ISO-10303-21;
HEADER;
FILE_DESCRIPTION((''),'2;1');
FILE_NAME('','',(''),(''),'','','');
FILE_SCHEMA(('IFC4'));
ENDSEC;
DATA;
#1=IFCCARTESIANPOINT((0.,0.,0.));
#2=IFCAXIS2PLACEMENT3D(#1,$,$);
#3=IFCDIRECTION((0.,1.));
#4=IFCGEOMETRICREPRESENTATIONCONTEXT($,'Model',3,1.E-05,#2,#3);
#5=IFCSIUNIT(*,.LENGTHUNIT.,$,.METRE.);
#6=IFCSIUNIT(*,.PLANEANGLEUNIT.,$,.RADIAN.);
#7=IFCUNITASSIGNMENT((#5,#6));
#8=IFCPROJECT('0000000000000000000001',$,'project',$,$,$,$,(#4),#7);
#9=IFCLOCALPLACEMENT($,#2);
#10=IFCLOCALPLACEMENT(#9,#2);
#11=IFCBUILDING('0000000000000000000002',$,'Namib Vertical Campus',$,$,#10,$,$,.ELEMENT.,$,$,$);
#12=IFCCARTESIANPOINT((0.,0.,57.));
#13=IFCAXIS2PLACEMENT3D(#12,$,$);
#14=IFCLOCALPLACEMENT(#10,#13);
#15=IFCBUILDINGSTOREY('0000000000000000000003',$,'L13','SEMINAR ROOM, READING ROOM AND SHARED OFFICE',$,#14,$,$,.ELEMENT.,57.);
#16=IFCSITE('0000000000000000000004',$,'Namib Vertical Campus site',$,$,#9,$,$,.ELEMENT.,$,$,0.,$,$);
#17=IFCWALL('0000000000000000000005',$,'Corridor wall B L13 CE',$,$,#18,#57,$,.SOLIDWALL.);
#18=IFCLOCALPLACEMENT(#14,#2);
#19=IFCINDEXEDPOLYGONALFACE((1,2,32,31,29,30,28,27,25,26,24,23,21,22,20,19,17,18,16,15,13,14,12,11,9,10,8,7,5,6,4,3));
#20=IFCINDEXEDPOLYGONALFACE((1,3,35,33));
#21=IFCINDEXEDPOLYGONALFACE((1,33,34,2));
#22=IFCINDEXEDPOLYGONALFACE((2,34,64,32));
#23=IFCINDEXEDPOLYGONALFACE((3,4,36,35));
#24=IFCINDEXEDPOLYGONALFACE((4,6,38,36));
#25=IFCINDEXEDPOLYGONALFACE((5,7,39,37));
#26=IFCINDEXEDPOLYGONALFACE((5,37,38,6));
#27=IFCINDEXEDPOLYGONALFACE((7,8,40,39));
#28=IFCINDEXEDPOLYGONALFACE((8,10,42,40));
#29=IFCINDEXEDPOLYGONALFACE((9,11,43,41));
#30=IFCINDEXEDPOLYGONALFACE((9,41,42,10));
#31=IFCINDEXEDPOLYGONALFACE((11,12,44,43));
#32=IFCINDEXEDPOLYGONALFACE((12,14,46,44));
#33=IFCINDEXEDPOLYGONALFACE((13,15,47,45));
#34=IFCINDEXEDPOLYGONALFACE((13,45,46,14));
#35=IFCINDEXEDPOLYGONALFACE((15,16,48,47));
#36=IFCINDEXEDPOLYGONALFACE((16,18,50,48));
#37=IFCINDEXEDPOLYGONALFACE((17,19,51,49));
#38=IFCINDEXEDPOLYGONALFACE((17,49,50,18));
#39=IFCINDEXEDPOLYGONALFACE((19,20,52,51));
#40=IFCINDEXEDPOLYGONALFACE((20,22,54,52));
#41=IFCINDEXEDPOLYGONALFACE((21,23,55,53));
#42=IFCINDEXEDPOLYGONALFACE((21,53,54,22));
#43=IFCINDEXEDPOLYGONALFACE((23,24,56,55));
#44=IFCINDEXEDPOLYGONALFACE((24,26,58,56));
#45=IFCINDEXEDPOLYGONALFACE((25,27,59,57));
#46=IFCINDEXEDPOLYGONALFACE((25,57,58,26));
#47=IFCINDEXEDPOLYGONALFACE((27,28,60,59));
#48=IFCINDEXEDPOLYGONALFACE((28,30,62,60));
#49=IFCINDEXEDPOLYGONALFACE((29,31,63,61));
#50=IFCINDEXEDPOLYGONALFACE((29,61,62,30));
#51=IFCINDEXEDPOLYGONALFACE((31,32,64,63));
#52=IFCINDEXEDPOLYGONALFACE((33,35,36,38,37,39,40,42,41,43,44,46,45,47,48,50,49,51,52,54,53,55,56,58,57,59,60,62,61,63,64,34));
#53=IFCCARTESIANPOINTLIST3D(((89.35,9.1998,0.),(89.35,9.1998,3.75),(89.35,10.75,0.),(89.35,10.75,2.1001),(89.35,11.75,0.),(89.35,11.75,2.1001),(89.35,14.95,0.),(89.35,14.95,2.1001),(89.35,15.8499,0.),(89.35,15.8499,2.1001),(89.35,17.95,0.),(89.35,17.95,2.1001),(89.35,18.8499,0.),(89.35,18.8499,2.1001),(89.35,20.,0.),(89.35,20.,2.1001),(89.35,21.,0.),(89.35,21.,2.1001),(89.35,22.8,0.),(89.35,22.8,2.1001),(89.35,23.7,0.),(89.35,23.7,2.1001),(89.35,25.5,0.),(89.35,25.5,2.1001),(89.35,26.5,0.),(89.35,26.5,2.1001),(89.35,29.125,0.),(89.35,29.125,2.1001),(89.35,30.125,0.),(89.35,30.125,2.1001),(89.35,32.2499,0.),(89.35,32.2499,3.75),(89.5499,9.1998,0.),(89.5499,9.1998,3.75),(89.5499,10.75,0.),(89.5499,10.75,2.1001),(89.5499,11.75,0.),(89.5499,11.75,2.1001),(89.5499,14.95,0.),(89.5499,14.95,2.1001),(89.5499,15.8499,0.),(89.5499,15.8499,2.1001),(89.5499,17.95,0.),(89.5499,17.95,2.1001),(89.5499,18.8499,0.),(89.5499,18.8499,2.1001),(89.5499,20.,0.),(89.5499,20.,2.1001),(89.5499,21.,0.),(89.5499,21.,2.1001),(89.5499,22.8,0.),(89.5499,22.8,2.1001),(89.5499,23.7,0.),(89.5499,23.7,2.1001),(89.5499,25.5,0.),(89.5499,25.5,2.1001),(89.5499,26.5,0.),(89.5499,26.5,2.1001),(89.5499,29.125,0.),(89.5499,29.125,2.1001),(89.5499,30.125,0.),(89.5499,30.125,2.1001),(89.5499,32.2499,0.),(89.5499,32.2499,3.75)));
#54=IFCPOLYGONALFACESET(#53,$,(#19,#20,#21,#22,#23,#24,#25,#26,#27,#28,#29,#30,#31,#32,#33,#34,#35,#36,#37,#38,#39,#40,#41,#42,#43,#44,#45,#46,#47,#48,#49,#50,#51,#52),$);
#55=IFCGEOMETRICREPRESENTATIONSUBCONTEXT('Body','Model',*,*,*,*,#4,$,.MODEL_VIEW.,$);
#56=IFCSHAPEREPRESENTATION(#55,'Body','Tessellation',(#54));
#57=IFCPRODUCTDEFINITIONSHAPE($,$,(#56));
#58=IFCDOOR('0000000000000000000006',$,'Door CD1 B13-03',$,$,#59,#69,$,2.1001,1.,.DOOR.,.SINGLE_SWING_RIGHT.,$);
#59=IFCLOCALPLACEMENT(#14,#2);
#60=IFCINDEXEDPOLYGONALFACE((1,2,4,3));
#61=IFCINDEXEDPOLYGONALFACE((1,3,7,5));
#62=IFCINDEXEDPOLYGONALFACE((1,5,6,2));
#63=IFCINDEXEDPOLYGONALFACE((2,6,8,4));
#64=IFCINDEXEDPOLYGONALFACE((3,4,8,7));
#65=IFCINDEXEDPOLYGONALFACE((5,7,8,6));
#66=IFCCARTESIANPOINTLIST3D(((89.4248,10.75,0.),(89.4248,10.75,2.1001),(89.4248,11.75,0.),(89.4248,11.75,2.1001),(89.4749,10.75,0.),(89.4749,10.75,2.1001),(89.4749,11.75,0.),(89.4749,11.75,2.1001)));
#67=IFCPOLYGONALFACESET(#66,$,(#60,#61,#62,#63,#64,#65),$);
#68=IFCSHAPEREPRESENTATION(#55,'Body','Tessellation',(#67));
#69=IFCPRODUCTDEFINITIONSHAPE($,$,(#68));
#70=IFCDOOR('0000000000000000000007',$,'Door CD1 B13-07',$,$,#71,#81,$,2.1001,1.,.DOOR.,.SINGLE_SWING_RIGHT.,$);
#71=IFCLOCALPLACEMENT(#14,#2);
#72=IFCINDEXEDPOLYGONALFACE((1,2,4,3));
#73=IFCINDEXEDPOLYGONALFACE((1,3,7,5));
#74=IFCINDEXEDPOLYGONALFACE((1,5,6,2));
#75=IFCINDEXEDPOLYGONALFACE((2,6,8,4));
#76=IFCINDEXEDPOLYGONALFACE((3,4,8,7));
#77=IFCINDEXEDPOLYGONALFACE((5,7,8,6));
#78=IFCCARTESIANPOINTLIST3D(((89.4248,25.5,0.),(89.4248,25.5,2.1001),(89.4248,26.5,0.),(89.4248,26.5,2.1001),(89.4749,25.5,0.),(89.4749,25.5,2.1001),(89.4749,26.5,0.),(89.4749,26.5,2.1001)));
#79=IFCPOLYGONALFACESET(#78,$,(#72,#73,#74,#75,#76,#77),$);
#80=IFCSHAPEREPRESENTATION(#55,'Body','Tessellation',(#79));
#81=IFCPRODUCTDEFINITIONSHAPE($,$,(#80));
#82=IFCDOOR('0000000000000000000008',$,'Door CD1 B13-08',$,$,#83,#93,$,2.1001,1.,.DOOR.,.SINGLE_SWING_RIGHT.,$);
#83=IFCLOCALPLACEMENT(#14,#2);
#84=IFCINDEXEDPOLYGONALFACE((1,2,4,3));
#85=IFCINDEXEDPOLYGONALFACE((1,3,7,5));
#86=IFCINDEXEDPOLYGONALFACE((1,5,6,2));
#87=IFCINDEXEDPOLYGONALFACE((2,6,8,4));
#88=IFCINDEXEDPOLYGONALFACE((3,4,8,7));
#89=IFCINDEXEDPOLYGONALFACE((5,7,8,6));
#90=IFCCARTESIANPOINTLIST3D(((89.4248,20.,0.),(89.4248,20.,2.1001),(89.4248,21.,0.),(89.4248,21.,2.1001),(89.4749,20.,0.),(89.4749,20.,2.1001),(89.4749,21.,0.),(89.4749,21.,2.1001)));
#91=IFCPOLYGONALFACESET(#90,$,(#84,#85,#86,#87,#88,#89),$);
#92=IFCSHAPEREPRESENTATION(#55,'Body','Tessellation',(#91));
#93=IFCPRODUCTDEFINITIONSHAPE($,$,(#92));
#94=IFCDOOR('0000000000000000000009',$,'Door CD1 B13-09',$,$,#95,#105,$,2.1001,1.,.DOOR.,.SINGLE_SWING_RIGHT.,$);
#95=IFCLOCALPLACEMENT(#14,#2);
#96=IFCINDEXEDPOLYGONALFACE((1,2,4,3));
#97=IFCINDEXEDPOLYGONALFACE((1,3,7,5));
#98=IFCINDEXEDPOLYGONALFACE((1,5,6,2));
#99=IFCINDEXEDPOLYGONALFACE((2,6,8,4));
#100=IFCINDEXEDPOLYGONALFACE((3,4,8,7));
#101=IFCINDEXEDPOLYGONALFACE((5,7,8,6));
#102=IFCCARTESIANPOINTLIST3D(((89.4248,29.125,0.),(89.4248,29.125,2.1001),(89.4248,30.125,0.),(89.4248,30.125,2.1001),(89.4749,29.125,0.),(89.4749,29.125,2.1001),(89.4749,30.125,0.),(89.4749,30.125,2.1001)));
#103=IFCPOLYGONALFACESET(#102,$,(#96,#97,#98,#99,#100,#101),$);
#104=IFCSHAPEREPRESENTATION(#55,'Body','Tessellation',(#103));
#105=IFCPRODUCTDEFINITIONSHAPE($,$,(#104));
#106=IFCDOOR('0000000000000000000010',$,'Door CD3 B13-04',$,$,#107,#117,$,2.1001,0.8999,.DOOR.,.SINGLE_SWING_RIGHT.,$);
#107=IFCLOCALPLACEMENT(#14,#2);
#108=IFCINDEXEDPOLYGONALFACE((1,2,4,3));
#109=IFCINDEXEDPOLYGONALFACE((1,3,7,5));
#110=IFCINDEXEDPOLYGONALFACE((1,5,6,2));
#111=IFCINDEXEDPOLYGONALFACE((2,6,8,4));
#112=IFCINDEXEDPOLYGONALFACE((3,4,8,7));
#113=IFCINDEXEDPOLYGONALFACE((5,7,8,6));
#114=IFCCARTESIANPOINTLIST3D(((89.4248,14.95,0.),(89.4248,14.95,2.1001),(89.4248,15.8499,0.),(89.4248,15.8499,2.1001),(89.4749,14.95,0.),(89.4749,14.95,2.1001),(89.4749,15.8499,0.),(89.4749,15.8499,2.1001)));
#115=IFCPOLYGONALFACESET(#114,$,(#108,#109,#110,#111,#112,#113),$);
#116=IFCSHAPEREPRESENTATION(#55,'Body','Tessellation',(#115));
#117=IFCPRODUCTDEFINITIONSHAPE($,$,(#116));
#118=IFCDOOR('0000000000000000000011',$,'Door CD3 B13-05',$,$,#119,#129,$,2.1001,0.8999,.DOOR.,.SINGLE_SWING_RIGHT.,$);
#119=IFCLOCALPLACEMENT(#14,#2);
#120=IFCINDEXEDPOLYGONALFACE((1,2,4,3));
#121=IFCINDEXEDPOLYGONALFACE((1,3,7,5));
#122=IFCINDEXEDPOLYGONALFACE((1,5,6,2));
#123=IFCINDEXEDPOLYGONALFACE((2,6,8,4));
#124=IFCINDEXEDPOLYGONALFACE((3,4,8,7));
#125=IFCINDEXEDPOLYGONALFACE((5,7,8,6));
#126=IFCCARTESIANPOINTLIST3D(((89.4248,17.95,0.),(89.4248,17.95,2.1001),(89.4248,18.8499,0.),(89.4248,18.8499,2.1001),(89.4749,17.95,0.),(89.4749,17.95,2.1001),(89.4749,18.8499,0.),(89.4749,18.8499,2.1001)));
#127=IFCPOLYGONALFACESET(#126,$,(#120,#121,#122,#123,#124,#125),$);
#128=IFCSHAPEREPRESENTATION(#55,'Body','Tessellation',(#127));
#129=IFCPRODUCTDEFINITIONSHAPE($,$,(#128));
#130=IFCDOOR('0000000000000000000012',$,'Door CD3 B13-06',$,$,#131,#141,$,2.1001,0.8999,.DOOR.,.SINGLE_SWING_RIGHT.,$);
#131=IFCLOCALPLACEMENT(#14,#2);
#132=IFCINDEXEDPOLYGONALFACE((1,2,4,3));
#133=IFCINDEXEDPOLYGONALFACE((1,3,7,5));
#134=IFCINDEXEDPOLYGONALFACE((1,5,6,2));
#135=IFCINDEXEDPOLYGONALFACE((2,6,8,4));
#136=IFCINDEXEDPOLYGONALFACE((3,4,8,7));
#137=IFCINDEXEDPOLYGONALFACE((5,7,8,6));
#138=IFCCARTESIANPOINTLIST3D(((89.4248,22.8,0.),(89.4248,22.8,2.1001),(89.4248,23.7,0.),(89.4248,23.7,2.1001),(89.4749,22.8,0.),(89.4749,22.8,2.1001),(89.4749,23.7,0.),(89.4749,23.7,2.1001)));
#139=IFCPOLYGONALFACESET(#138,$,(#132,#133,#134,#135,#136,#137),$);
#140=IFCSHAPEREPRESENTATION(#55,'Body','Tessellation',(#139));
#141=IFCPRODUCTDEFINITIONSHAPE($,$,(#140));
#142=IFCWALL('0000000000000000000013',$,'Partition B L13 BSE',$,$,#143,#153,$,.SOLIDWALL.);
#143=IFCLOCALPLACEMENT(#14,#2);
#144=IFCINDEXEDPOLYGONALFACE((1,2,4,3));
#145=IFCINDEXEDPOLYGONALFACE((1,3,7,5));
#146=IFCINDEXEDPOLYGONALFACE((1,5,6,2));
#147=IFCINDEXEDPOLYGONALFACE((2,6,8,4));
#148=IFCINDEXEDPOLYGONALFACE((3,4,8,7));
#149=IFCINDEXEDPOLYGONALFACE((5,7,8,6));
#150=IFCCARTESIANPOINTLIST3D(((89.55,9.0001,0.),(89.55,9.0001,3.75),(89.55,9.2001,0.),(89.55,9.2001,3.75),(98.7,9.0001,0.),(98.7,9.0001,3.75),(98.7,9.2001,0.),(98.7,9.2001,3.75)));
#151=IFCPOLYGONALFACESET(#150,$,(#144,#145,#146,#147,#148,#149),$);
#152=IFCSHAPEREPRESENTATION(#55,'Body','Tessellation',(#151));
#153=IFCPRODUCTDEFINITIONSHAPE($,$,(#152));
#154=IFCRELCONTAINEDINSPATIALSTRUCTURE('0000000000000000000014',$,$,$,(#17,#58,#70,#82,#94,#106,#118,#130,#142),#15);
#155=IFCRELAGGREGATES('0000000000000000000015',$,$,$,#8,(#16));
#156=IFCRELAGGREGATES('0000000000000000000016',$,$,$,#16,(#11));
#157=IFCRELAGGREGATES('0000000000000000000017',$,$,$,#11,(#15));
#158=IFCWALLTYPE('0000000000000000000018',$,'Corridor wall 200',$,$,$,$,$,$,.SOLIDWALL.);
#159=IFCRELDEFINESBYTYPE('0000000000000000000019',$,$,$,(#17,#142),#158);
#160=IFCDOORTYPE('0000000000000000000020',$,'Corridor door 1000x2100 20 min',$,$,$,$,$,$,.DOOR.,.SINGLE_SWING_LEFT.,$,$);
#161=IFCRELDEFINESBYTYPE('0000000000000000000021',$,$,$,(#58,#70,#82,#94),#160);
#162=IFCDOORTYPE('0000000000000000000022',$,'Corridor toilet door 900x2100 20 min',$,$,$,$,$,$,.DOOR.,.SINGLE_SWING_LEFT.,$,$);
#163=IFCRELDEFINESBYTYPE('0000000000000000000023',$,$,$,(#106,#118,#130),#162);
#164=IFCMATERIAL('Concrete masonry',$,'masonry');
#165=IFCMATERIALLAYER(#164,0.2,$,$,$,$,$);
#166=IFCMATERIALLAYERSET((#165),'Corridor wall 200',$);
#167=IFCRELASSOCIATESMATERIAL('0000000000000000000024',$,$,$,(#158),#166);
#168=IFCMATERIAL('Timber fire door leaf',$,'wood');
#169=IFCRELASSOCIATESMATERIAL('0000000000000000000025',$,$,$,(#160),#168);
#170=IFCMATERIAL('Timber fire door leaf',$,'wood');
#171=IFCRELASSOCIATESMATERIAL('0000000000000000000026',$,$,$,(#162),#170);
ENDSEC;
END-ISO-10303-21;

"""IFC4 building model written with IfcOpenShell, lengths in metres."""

from ifc_helpers import new_model, si_unit, direction, frame, frame_2d, origin, place, context, subcontext, project, spatial, rectangle, extrude, material, layer, layer_set, type_object, element, fill, save


model = new_model("IFC4")

# Units and contexts
model_context = context("Model", 3, precision=1e-05, world=origin(), true_north=direction((0.0, 1.0)))
body_context = subcontext(model_context, "Body", "Model", "MODEL_VIEW")
ifc_project = project(units=[si_unit("LENGTHUNIT", "METRE"), si_unit("PLANEANGLEUNIT", "RADIAN")], contexts=[model_context])

# Site, building, storey
site_placement = place(None, origin())
site = spatial("IfcSite", under=ifc_project, at=site_placement, Name="Namib Vertical Campus site", CompositionType="ELEMENT", RefElevation=0.0)
building_placement = place(site_placement, origin())
building = spatial("IfcBuilding", under=site, at=building_placement, Name="Namib Vertical Campus", CompositionType="ELEMENT")
storey_placement = place(building_placement, frame((0.0, 0.0, 57.0)))
storey = spatial("IfcBuildingStorey", under=building, at=storey_placement, Name="L13", Description="SEMINAR ROOM, READING ROOM AND SHARED OFFICE", CompositionType="ELEMENT", Elevation=57.0)

# Wall, openings, doors
ifc_material_1 = material(Name="Concrete masonry", Category="masonry")
ifc_layer_1 = layer(ifc_material_1, 0.2)
ifc_layer_set_1 = layer_set([ifc_layer_1], Name="Corridor wall 200")
wall_type_1 = type_object("IfcWallType", Name="Corridor wall 200", PredefinedType="SOLIDWALL", material=ifc_layer_set_1)
wall_1_placement = place(storey_placement, frame((89.45, 9.2, 0.0), z_axis=(0.0, 0.0, 1.0), x_axis=(0.0, 1.0, 0.0)))
wall_1 = element("IfcWall", 1, at=wall_1_placement, inside=storey, type_object=wall_type_1, Name="Corridor wall B L13 CE", PredefinedType="SOLIDWALL", context=body_context, shape_type="SweptSolid", body=[
    extrude(rectangle(XDim=23.05, YDim=0.2, at=frame_2d((11.5249, 0.0))), origin(), (0.0, 0.0, 1.0), 3.75),
])
opening_1_placement = place(wall_1_placement, frame((1.55, 0.0, 0.0)))
opening_1 = element("IfcOpeningElement", 2, at=opening_1_placement, cuts=wall_1, PredefinedType="OPENING", context=body_context, shape_type="SweptSolid", body=[
    extrude(rectangle(XDim=1.0, YDim=2.1001, at=frame_2d((0.5, 1.05))), frame((0.0, 0.1099, 0.0), z_axis=(0.0, -1.0, 0.0), x_axis=(1.0, 0.0, 0.0)), (0.0, 0.0, 1.0), 0.22),
])
opening_2_placement = place(wall_1_placement, frame((5.75, 0.0, 0.0)))
opening_2 = element("IfcOpeningElement", 3, at=opening_2_placement, cuts=wall_1, PredefinedType="OPENING", context=body_context, shape_type="SweptSolid", body=[
    extrude(rectangle(XDim=0.8999, YDim=2.1001, at=frame_2d((0.45, 1.05))), frame((0.0, 0.1099, 0.0), z_axis=(0.0, -1.0, 0.0), x_axis=(1.0, 0.0, 0.0)), (0.0, 0.0, 1.0), 0.22),
])
opening_3_placement = place(wall_1_placement, frame((8.75, 0.0, 0.0)))
opening_3 = element("IfcOpeningElement", 4, at=opening_3_placement, cuts=wall_1, PredefinedType="OPENING", context=body_context, shape_type="SweptSolid", body=[
    extrude(rectangle(XDim=0.8999, YDim=2.1001, at=frame_2d((0.45, 1.05))), frame((0.0, 0.1099, 0.0), z_axis=(0.0, -1.0, 0.0), x_axis=(1.0, 0.0, 0.0)), (0.0, 0.0, 1.0), 0.22),
])
opening_4_placement = place(wall_1_placement, frame((13.6001, 0.0, 0.0)))
opening_4 = element("IfcOpeningElement", 5, at=opening_4_placement, cuts=wall_1, PredefinedType="OPENING", context=body_context, shape_type="SweptSolid", body=[
    extrude(rectangle(XDim=0.8999, YDim=2.1001, at=frame_2d((0.45, 1.05))), frame((0.0, 0.1099, 0.0), z_axis=(0.0, -1.0, 0.0), x_axis=(1.0, 0.0, 0.0)), (0.0, 0.0, 1.0), 0.22),
])
opening_5_placement = place(wall_1_placement, frame((16.3, 0.0, 0.0)))
opening_5 = element("IfcOpeningElement", 6, at=opening_5_placement, cuts=wall_1, PredefinedType="OPENING", context=body_context, shape_type="SweptSolid", body=[
    extrude(rectangle(XDim=1.0, YDim=2.1001, at=frame_2d((0.5, 1.05))), frame((0.0, 0.1099, 0.0), z_axis=(0.0, -1.0, 0.0), x_axis=(1.0, 0.0, 0.0)), (0.0, 0.0, 1.0), 0.22),
])
opening_6_placement = place(wall_1_placement, frame((10.8, 0.0, 0.0)))
opening_6 = element("IfcOpeningElement", 7, at=opening_6_placement, cuts=wall_1, PredefinedType="OPENING", context=body_context, shape_type="SweptSolid", body=[
    extrude(rectangle(XDim=1.0, YDim=2.1001, at=frame_2d((0.5, 1.05))), frame((0.0, 0.1099, 0.0), z_axis=(0.0, -1.0, 0.0), x_axis=(1.0, 0.0, 0.0)), (0.0, 0.0, 1.0), 0.22),
])
opening_7_placement = place(wall_1_placement, frame((19.925, 0.0, 0.0)))
opening_7 = element("IfcOpeningElement", 8, at=opening_7_placement, cuts=wall_1, PredefinedType="OPENING", context=body_context, shape_type="SweptSolid", body=[
    extrude(rectangle(XDim=1.0, YDim=2.1001, at=frame_2d((0.5, 1.05))), frame((0.0, 0.1099, 0.0), z_axis=(0.0, -1.0, 0.0), x_axis=(1.0, 0.0, 0.0)), (0.0, 0.0, 1.0), 0.22),
])
ifc_material_2 = material(Name="Timber fire door leaf", Category="wood")
door_type_1 = type_object("IfcDoorType", Name="Corridor door 1000x2100 20 min", OperationType="SINGLE_SWING_LEFT", PredefinedType="DOOR", material=ifc_material_2)
door_1_placement = place(opening_1_placement, frame((1.0, 0.0, 0.0), z_axis=(0.0, 0.0, 1.0), x_axis=(-1.0, 0.0, 0.0)))
door_1 = element("IfcDoor", 9, at=door_1_placement, inside=storey, type_object=door_type_1, Name="Door CD1 B13-03", OperationType="SINGLE_SWING_RIGHT", OverallHeight=2.1001, OverallWidth=1.0, PredefinedType="DOOR", context=body_context, shape_type="SweptSolid", body=[
    extrude(rectangle(XDim=1.0, YDim=2.1001, at=frame_2d((0.5, 1.05))), frame((0.0, 0.0249, 0.0), z_axis=(0.0, -1.0, 0.0), x_axis=(1.0, 0.0, 0.0)), (0.0, 0.0, 1.0), 0.05),
])
fill(opening_1, door_1)
door_2_placement = place(opening_5_placement, frame((1.0, 0.0, 0.0), z_axis=(0.0, 0.0, 1.0), x_axis=(-1.0, 0.0, 0.0)))
door_2 = element("IfcDoor", 10, at=door_2_placement, inside=storey, type_object=door_type_1, Name="Door CD1 B13-07", OperationType="SINGLE_SWING_RIGHT", OverallHeight=2.1001, OverallWidth=1.0, PredefinedType="DOOR", context=body_context, shape_type="SweptSolid", body=[
    extrude(rectangle(XDim=1.0, YDim=2.1001, at=frame_2d((0.5, 1.05))), frame((0.0, 0.0249, 0.0), z_axis=(0.0, -1.0, 0.0), x_axis=(1.0, 0.0, 0.0)), (0.0, 0.0, 1.0), 0.05),
])
fill(opening_5, door_2)
door_3_placement = place(opening_6_placement, frame((1.0, 0.0, 0.0), z_axis=(0.0, 0.0, 1.0), x_axis=(-1.0, 0.0, 0.0)))
door_3 = element("IfcDoor", 11, at=door_3_placement, inside=storey, type_object=door_type_1, Name="Door CD1 B13-08", OperationType="SINGLE_SWING_RIGHT", OverallHeight=2.1001, OverallWidth=1.0, PredefinedType="DOOR", context=body_context, shape_type="SweptSolid", body=[
    extrude(rectangle(XDim=1.0, YDim=2.1001, at=frame_2d((0.5, 1.05))), frame((0.0, 0.0249, 0.0), z_axis=(0.0, -1.0, 0.0), x_axis=(1.0, 0.0, 0.0)), (0.0, 0.0, 1.0), 0.05),
])
fill(opening_6, door_3)
door_4_placement = place(opening_7_placement, frame((1.0, 0.0, 0.0), z_axis=(0.0, 0.0, 1.0), x_axis=(-1.0, 0.0, 0.0)))
door_4 = element("IfcDoor", 12, at=door_4_placement, inside=storey, type_object=door_type_1, Name="Door CD1 B13-09", OperationType="SINGLE_SWING_RIGHT", OverallHeight=2.1001, OverallWidth=1.0, PredefinedType="DOOR", context=body_context, shape_type="SweptSolid", body=[
    extrude(rectangle(XDim=1.0, YDim=2.1001, at=frame_2d((0.5, 1.05))), frame((0.0, 0.0249, 0.0), z_axis=(0.0, -1.0, 0.0), x_axis=(1.0, 0.0, 0.0)), (0.0, 0.0, 1.0), 0.05),
])
fill(opening_7, door_4)
ifc_material_3 = material(Name="Timber fire door leaf", Category="wood")
door_type_2 = type_object("IfcDoorType", Name="Corridor toilet door 900x2100 20 min", OperationType="SINGLE_SWING_LEFT", PredefinedType="DOOR", material=ifc_material_3)
door_5_placement = place(opening_2_placement, frame((0.8999, 0.0, 0.0), z_axis=(0.0, 0.0, 1.0), x_axis=(-1.0, 0.0, 0.0)))
door_5 = element("IfcDoor", 13, at=door_5_placement, inside=storey, type_object=door_type_2, Name="Door CD3 B13-04", OperationType="SINGLE_SWING_RIGHT", OverallHeight=2.1001, OverallWidth=0.8999, PredefinedType="DOOR", context=body_context, shape_type="SweptSolid", body=[
    extrude(rectangle(XDim=0.8999, YDim=2.1001, at=frame_2d((0.45, 1.05))), frame((0.0, 0.0249, 0.0), z_axis=(0.0, -1.0, 0.0), x_axis=(1.0, 0.0, 0.0)), (0.0, 0.0, 1.0), 0.05),
])
fill(opening_2, door_5)
door_6_placement = place(opening_3_placement, frame((0.8999, 0.0, 0.0), z_axis=(0.0, 0.0, 1.0), x_axis=(-1.0, 0.0, 0.0)))
door_6 = element("IfcDoor", 14, at=door_6_placement, inside=storey, type_object=door_type_2, Name="Door CD3 B13-05", OperationType="SINGLE_SWING_RIGHT", OverallHeight=2.1001, OverallWidth=0.8999, PredefinedType="DOOR", context=body_context, shape_type="SweptSolid", body=[
    extrude(rectangle(XDim=0.8999, YDim=2.1001, at=frame_2d((0.45, 1.05))), frame((0.0, 0.0249, 0.0), z_axis=(0.0, -1.0, 0.0), x_axis=(1.0, 0.0, 0.0)), (0.0, 0.0, 1.0), 0.05),
])
fill(opening_3, door_6)
door_7_placement = place(opening_4_placement, frame((0.8999, 0.0, 0.0), z_axis=(0.0, 0.0, 1.0), x_axis=(-1.0, 0.0, 0.0)))
door_7 = element("IfcDoor", 15, at=door_7_placement, inside=storey, type_object=door_type_2, Name="Door CD3 B13-06", OperationType="SINGLE_SWING_RIGHT", OverallHeight=2.1001, OverallWidth=0.8999, PredefinedType="DOOR", context=body_context, shape_type="SweptSolid", body=[
    extrude(rectangle(XDim=0.8999, YDim=2.1001, at=frame_2d((0.45, 1.05))), frame((0.0, 0.0249, 0.0), z_axis=(0.0, -1.0, 0.0), x_axis=(1.0, 0.0, 0.0)), (0.0, 0.0, 1.0), 0.05),
])
fill(opening_4, door_7)

# Wall
wall_2_placement = place(storey_placement, frame((89.55, 9.1001, 0.0), z_axis=(0.0, 0.0, 1.0), x_axis=(1.0, 0.0, 0.0)))
element("IfcWall", 16, at=wall_2_placement, inside=storey, type_object=wall_type_1, Name="Partition B L13 BSE", PredefinedType="SOLIDWALL", context=body_context, shape_type="SweptSolid", body=[
    extrude(rectangle(XDim=9.1499, YDim=0.2, at=frame_2d((4.575, 0.0))), origin(), (0.0, 0.0, 1.0), 3.75),
])

save(model, "model.ifc")
